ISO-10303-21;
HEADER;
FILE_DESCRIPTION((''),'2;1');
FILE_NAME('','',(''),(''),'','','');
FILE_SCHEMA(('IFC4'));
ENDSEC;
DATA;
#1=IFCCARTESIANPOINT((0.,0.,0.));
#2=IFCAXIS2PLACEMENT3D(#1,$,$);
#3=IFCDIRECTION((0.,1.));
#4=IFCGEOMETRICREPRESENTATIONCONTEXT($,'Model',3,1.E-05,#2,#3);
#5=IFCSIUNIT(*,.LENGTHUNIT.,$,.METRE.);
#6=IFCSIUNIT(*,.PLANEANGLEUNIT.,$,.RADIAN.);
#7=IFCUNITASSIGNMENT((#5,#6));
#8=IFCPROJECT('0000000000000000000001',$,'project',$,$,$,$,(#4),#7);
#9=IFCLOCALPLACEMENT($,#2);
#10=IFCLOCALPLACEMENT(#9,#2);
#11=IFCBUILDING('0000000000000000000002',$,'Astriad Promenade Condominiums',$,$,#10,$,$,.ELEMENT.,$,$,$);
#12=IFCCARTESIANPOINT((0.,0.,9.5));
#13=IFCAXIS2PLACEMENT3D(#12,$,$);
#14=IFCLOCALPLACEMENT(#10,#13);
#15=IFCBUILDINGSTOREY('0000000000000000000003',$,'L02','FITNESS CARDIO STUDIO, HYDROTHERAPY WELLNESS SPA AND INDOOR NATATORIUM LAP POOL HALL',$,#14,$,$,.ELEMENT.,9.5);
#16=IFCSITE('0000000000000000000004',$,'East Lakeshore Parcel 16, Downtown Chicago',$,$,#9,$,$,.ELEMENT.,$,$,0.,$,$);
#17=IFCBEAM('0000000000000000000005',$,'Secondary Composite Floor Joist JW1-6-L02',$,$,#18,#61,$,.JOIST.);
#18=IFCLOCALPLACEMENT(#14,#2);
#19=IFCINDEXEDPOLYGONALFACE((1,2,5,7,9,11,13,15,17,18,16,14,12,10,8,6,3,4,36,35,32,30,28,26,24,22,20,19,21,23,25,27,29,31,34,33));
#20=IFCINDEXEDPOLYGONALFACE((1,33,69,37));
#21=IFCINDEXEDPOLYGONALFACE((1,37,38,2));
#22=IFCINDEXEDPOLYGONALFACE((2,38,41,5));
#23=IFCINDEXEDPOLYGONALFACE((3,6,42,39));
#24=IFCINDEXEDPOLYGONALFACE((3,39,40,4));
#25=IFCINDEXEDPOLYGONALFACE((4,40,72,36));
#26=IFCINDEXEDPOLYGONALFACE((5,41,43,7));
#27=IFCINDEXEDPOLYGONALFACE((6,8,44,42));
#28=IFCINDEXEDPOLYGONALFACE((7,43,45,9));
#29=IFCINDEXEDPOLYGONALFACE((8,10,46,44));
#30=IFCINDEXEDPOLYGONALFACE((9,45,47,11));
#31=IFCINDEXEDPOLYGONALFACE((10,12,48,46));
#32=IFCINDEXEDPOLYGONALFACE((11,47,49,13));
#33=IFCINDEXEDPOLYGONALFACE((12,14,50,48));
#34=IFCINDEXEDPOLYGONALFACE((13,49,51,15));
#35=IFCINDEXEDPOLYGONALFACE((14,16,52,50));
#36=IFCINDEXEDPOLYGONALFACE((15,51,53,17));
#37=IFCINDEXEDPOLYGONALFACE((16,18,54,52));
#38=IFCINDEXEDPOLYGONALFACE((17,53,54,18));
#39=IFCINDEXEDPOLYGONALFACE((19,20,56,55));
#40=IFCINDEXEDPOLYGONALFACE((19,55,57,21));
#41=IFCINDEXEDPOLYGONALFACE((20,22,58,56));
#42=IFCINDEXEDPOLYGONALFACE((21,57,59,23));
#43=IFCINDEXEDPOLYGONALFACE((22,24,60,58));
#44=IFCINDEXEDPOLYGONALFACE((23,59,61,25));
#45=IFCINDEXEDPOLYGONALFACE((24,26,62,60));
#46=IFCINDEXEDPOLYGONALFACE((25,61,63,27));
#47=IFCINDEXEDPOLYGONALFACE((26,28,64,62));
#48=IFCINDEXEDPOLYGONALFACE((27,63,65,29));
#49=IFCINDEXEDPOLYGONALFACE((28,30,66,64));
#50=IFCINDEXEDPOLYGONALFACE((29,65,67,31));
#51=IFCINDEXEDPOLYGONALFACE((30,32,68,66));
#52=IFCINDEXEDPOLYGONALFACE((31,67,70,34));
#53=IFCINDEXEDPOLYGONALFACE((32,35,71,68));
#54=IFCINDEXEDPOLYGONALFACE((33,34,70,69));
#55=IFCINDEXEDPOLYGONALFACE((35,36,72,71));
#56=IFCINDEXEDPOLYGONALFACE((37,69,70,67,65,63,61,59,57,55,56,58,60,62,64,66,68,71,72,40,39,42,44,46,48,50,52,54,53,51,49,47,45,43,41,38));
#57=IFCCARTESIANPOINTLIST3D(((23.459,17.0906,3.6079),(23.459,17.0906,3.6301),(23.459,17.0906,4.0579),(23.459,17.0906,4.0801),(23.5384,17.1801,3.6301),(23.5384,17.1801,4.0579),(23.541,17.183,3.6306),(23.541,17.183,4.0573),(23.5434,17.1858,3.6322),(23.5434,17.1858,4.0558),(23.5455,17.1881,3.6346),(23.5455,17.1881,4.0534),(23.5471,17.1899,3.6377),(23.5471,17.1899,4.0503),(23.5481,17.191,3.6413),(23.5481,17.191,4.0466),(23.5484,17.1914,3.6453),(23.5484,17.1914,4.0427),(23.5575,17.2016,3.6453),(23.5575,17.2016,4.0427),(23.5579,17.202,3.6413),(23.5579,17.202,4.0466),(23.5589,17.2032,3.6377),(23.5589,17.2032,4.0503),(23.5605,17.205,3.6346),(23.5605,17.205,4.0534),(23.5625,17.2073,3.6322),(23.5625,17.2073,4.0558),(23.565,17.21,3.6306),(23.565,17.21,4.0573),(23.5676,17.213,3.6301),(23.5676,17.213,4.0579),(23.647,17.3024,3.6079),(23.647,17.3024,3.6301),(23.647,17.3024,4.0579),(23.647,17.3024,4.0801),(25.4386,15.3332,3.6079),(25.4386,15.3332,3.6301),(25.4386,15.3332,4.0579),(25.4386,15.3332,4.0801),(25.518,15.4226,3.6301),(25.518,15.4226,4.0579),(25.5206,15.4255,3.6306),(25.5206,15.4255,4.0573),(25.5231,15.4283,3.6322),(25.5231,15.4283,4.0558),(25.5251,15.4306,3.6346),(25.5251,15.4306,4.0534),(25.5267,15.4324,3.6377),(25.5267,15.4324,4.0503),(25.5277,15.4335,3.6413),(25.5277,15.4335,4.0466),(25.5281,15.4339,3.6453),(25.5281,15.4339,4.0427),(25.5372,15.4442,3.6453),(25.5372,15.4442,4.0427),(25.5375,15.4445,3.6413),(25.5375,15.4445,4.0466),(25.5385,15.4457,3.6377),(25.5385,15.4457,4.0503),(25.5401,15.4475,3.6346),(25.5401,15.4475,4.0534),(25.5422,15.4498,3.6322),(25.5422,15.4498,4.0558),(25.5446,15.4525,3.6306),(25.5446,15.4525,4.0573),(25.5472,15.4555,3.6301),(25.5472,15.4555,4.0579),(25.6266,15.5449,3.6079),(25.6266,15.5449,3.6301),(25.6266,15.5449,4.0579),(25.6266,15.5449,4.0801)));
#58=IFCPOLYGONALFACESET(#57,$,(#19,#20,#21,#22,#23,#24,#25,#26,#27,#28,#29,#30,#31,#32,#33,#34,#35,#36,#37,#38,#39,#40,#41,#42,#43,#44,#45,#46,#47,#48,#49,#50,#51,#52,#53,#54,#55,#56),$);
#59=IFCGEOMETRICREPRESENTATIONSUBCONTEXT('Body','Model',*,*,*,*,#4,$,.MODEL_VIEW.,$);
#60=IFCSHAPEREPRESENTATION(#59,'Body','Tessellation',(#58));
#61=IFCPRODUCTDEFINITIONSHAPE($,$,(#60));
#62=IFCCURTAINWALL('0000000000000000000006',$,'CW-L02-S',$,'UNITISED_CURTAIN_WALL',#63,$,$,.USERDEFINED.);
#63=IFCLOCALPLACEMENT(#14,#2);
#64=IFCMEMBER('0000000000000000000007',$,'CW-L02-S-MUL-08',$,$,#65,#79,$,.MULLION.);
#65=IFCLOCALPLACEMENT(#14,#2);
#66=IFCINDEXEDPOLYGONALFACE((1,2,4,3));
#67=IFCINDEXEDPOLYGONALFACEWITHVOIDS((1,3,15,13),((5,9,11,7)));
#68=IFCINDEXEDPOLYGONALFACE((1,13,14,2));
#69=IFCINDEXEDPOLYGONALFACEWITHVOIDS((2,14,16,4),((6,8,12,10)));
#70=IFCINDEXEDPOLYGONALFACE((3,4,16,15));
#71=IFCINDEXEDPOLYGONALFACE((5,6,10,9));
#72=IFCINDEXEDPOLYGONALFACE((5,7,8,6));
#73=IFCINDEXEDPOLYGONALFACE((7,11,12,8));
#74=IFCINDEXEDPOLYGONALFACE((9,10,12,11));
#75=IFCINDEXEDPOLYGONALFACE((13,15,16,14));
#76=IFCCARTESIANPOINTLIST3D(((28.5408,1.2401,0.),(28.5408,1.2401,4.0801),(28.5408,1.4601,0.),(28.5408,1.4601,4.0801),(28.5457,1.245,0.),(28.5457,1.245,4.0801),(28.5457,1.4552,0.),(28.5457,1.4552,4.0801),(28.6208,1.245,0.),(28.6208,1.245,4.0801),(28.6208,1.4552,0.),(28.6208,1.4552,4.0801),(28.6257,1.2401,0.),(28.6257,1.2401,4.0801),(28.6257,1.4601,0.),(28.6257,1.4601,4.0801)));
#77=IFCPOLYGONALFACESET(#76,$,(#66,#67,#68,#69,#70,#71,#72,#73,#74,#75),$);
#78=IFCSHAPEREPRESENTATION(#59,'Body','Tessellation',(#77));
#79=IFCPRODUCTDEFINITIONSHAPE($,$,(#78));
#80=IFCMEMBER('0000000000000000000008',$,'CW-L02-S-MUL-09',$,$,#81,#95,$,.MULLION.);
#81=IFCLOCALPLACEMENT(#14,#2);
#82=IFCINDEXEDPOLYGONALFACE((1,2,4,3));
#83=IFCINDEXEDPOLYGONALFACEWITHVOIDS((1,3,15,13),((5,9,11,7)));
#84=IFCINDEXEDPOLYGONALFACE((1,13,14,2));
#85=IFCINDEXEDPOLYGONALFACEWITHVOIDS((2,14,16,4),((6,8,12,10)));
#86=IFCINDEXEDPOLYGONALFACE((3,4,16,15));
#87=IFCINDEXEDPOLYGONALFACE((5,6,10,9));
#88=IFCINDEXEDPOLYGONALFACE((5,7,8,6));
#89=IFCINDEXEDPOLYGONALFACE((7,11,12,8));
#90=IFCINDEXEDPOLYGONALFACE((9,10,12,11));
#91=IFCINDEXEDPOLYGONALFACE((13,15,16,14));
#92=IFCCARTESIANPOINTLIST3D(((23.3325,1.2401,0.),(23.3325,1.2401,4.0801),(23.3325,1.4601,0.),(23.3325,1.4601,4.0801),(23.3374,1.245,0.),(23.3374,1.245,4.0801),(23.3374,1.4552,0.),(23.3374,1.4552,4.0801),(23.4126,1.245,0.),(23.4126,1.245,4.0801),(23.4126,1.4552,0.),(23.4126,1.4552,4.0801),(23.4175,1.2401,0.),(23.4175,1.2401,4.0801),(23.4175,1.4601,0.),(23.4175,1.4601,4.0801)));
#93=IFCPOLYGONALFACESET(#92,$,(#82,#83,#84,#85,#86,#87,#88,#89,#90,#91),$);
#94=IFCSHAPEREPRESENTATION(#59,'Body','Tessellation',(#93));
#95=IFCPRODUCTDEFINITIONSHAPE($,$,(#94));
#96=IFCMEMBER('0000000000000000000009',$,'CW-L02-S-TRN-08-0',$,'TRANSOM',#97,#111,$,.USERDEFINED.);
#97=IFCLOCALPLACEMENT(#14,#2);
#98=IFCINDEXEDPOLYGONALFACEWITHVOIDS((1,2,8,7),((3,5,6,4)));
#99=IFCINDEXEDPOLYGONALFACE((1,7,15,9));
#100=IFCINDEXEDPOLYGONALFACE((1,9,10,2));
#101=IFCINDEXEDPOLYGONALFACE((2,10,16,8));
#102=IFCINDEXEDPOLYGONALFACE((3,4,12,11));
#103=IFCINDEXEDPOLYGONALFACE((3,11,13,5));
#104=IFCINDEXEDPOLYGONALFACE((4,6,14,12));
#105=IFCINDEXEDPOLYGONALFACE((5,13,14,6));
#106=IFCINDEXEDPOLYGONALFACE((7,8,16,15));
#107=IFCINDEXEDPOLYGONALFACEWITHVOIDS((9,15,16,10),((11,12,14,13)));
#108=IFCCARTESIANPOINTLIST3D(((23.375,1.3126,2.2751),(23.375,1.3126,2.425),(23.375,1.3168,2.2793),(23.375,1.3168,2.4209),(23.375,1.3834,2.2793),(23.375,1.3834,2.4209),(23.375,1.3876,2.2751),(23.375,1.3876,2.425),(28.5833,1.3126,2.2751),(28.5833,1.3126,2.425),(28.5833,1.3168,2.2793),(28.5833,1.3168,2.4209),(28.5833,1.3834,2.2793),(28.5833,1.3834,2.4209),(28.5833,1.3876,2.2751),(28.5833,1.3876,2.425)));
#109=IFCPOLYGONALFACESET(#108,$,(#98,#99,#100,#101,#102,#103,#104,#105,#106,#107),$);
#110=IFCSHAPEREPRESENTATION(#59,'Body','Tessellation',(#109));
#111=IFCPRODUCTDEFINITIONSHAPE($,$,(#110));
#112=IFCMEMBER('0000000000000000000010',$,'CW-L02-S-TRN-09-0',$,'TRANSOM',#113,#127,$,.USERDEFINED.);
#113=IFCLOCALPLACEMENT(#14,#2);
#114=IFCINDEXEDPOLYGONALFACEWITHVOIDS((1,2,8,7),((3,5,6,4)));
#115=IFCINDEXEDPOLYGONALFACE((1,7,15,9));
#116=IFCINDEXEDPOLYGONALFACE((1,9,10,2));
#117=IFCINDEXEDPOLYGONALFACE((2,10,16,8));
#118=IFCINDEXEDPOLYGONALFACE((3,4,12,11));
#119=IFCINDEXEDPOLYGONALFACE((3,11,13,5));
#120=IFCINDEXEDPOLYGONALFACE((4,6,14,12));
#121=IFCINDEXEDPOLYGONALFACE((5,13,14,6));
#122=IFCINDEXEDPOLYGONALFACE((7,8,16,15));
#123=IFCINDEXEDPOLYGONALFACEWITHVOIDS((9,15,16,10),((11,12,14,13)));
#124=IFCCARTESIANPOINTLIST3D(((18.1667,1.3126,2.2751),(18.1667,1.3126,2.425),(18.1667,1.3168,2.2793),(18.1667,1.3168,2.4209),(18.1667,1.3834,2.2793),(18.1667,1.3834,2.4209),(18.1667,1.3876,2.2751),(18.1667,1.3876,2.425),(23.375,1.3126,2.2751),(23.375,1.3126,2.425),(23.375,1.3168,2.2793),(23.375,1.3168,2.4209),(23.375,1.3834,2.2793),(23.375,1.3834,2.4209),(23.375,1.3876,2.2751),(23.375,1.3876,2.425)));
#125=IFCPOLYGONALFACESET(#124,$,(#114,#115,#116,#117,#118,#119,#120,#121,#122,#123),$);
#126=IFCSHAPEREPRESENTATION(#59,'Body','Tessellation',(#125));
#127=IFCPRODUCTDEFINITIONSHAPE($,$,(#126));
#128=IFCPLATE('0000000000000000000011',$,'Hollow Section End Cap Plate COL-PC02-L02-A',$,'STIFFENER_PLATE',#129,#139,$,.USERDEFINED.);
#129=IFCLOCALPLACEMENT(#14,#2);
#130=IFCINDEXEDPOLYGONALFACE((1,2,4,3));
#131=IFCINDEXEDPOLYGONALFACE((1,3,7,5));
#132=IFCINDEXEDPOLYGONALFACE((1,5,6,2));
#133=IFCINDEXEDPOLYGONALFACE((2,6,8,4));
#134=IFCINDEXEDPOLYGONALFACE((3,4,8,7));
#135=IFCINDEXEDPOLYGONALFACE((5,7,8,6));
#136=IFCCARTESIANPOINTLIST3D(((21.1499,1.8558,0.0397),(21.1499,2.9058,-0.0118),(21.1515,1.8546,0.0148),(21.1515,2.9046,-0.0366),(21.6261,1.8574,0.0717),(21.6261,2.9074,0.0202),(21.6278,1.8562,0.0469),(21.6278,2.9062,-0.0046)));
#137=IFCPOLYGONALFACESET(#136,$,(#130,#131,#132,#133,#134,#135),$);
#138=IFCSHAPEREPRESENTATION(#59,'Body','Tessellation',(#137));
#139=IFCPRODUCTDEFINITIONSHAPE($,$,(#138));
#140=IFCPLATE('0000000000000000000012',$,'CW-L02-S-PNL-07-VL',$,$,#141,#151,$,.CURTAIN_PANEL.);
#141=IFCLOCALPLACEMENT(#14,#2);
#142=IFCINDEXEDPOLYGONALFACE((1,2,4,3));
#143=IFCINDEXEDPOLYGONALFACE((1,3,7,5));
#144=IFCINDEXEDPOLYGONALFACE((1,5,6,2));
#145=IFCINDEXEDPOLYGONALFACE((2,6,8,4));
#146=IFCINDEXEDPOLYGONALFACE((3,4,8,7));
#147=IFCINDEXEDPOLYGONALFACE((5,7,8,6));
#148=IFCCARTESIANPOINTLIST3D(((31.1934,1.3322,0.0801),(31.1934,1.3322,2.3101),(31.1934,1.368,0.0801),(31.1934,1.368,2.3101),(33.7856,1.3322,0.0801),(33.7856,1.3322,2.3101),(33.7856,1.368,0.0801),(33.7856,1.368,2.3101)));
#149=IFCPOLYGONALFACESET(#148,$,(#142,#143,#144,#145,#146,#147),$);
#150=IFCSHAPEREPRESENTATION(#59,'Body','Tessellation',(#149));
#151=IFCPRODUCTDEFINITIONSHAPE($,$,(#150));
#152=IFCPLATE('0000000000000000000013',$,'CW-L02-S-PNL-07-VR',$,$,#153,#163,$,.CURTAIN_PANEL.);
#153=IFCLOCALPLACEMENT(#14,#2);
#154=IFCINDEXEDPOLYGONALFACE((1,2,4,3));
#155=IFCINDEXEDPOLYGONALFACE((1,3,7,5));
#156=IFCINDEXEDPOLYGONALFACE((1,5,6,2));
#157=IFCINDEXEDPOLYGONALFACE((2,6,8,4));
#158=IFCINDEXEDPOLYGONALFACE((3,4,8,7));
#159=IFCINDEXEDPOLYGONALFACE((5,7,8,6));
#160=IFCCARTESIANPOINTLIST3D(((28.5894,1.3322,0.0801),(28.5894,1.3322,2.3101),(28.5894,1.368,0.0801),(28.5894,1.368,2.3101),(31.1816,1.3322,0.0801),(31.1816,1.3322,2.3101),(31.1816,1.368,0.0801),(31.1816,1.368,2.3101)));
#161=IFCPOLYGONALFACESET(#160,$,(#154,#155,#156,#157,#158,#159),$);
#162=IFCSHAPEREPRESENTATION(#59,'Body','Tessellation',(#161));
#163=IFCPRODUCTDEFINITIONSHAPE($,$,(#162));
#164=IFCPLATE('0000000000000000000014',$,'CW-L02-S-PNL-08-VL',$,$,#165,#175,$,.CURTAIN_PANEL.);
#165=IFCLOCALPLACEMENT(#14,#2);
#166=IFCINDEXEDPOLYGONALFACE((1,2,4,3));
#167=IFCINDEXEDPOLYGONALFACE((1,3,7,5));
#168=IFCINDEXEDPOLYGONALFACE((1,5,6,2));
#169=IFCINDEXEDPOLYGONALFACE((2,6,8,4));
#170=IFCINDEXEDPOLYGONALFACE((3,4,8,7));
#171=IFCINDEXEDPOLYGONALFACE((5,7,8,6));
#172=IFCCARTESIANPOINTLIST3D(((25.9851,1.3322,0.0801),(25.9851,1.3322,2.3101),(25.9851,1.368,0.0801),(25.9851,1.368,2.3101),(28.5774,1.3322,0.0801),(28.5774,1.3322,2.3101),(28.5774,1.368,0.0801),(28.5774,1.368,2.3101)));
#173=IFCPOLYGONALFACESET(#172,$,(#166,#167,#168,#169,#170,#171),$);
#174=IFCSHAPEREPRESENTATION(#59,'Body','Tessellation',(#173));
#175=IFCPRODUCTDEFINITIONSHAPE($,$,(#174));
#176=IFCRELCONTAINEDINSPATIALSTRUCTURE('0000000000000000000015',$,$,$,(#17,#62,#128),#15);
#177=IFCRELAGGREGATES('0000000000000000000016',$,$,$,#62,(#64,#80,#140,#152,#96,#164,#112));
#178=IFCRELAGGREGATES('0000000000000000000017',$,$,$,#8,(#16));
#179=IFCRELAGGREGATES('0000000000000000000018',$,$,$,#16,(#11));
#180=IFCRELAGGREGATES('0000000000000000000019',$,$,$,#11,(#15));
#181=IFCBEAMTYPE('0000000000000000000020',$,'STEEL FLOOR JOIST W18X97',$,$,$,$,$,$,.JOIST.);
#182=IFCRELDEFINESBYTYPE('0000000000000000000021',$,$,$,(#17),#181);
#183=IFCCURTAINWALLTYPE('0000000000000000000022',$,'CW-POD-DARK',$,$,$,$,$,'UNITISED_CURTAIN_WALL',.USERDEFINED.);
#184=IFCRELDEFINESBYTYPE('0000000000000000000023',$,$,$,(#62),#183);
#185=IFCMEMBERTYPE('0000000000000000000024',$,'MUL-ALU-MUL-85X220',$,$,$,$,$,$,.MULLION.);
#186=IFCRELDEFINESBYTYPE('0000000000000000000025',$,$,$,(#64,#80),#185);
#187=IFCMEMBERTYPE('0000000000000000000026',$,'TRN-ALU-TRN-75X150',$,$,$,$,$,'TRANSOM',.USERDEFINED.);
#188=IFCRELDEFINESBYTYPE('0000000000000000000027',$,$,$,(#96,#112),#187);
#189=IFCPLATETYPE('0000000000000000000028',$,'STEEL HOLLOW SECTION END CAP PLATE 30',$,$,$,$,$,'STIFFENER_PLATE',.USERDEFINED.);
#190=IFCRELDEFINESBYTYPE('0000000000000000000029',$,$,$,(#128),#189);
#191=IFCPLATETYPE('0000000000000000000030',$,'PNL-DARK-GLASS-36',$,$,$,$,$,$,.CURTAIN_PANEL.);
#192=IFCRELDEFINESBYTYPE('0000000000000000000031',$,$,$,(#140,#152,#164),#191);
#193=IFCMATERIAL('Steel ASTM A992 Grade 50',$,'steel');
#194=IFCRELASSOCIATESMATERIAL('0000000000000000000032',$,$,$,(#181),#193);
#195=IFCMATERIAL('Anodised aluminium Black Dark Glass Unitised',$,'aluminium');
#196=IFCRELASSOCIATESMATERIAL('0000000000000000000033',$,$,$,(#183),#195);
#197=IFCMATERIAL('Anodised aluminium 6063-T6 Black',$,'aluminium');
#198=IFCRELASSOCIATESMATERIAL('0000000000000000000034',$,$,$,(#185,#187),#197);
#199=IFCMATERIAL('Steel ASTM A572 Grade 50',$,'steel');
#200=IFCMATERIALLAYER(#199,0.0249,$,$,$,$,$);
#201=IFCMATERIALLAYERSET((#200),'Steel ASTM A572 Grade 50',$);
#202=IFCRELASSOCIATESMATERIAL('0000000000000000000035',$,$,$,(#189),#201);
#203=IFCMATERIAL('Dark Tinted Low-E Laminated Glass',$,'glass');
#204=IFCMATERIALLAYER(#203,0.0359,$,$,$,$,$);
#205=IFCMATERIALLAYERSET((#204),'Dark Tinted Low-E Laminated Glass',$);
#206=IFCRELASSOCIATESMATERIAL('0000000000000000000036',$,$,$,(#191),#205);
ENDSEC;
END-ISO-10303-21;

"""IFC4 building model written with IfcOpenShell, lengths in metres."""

from ifc_helpers import new_model, si_unit, direction, frame, origin, origin_2d, place, context, subcontext, project, spatial, rectangle, hollow_rectangle, i_section, extrude, source, transform, mapped, material, layer, layer_set, material_profile, profile_set, type_object, type_shapes, element, aggregate, save


model = new_model("IFC4")

# Units and contexts
model_context = context("Model", 3, precision=1e-05, world=origin(), true_north=direction((0.0, 1.0)))
body_context = subcontext(model_context, "Body", "Model", "MODEL_VIEW")
ifc_project = project(units=[si_unit("LENGTHUNIT", "METRE"), si_unit("PLANEANGLEUNIT", "RADIAN")], contexts=[model_context])

# Site, building, storey
site_placement = place(None, origin())
site = spatial("IfcSite", under=ifc_project, at=site_placement, Name="East Lakeshore Parcel 16, Downtown Chicago", CompositionType="ELEMENT", RefElevation=0.0)
building_placement = place(site_placement, origin())
building = spatial("IfcBuilding", under=site, at=building_placement, Name="Astriad Promenade Condominiums", CompositionType="ELEMENT")
storey_placement = place(building_placement, frame((0.0, 0.0, 9.5)))
storey = spatial("IfcBuildingStorey", under=building, at=storey_placement, Name="L02", Description="FITNESS CARDIO STUDIO, HYDROTHERAPY WELLNESS SPA AND INDOOR NATATORIUM LAP POOL HALL", CompositionType="ELEMENT", Elevation=9.5)

# Beam
ifc_material_1 = material(Name="Steel ASTM A992 Grade 50", Category="steel")
ifc_material_profile_1 = material_profile(ifc_material_1, i_section(OverallWidth=0.2832, OverallDepth=0.4722, WebThickness=0.0137, FlangeThickness=0.0222, FilletRadius=0.0151, at=origin_2d()), Name="W18X97")
ifc_profile_set_1 = profile_set([ifc_material_profile_1], Name="Steel ASTM A992 Grade 50")
beam_type = type_object("IfcBeamType", Name="STEEL FLOOR JOIST W18X97", PredefinedType="JOIST", material=ifc_profile_set_1)
shared_shape_1 = source(origin(), body_context, "Body", "SweptSolid", [
    extrude(i_section(OverallWidth=0.2832, OverallDepth=0.4722, WebThickness=0.0137, FlangeThickness=0.0222, FilletRadius=0.0151, at=origin_2d()), origin(), (0.0, 0.0, 1.0), 2.6472),
])
type_shapes(beam_type, [shared_shape_1])
beam_placement = place(storey_placement, frame((23.553, 17.1965, 3.844), z_axis=(0.747821, -0.6639, 0.0), x_axis=(0.6639, 0.747821, 0.0)))
element("IfcBeam", 1, at=beam_placement, inside=storey, type_object=beam_type, Name="Secondary Composite Floor Joist JW1-6-L02", PredefinedType="JOIST", context=body_context, shape_type="MappedRepresentation", body=[
    mapped(shared_shape_1, transform((0.0, 0.0, 0.0), scale=1.0)),
])

# Curtain wall, members
ifc_material_2 = material(Name="Anodised aluminium Black Dark Glass Unitised", Category="aluminium")
curtain_wall_type = type_object("IfcCurtainWallType", Name="CW-POD-DARK", ElementType="UNITISED_CURTAIN_WALL", PredefinedType="USERDEFINED", material=ifc_material_2)
curtain_wall_placement = place(storey_placement, origin())
curtain_wall = element("IfcCurtainWall", 2, at=curtain_wall_placement, inside=storey, type_object=curtain_wall_type, Name="CW-L02-S", ObjectType="UNITISED_CURTAIN_WALL", PredefinedType="USERDEFINED")
ifc_material_3 = material(Name="Anodised aluminium 6063-T6 Black", Category="aluminium")
ifc_material_profile_2 = material_profile(ifc_material_3, hollow_rectangle(XDim=0.085, YDim=0.22, WallThickness=0.0049, at=origin_2d()), Name="ALU-MUL-85X220")
ifc_profile_set_2 = profile_set([ifc_material_profile_2], Name="Anodised aluminium 6063-T6 Black")
member_type_1 = type_object("IfcMemberType", Name="MUL-ALU-MUL-85X220", PredefinedType="MULLION", material=ifc_profile_set_2)
shared_shape_2 = source(origin(), body_context, "Body", "SweptSolid", [
    extrude(hollow_rectangle(XDim=0.085, YDim=0.22, WallThickness=0.0049, at=origin_2d()), origin(), (0.0, 0.0, 1.0), 4.0801),
])
type_shapes(member_type_1, [shared_shape_2])
member_1_placement = place(storey_placement, frame((28.5833, 1.3501, 0.0), z_axis=(0.0, 0.0, 1.0), x_axis=(1.0, 0.0, 0.0)))
member_1 = element("IfcMember", 3, at=member_1_placement, type_object=member_type_1, Name="CW-L02-S-MUL-08", PredefinedType="MULLION", context=body_context, shape_type="MappedRepresentation", body=[
    mapped(shared_shape_2, transform((0.0, 0.0, 0.0), scale=1.0)),
])
member_2_placement = place(storey_placement, frame((23.375, 1.3501, 0.0), z_axis=(0.0, 0.0, 1.0), x_axis=(1.0, 0.0, 0.0)))
member_2 = element("IfcMember", 4, at=member_2_placement, type_object=member_type_1, Name="CW-L02-S-MUL-09", PredefinedType="MULLION", context=body_context, shape_type="MappedRepresentation", body=[
    mapped(shared_shape_2, transform((0.0, 0.0, 0.0), scale=1.0)),
])
ifc_material_profile_3 = material_profile(ifc_material_3, hollow_rectangle(XDim=0.075, YDim=0.1499, WallThickness=0.0042, at=origin_2d()), Name="ALU-TRN-75X150")
ifc_profile_set_3 = profile_set([ifc_material_profile_3], Name="Anodised aluminium 6063-T6 Black")
member_type_2 = type_object("IfcMemberType", Name="TRN-ALU-TRN-75X150", ElementType="TRANSOM", PredefinedType="USERDEFINED", material=ifc_profile_set_3)
shared_shape_3 = source(origin(), body_context, "Body", "SweptSolid", [
    extrude(hollow_rectangle(XDim=0.075, YDim=0.1499, WallThickness=0.0042, at=origin_2d()), origin(), (0.0, 0.0, 1.0), 5.2083),
])
type_shapes(member_type_2, [shared_shape_3])
member_3_placement = place(storey_placement, frame((28.5833, 1.3501, 2.3501), z_axis=(-1.0, 0.0, 0.0), x_axis=(0.0, -1.0, 0.0)))
member_3 = element("IfcMember", 5, at=member_3_placement, type_object=member_type_2, Name="CW-L02-S-TRN-08-0", ObjectType="TRANSOM", PredefinedType="USERDEFINED", context=body_context, shape_type="MappedRepresentation", body=[
    mapped(shared_shape_3, transform((0.0, 0.0, 0.0), scale=1.0)),
])
member_4_placement = place(storey_placement, frame((23.375, 1.3501, 2.3501), z_axis=(-1.0, 0.0, 0.0), x_axis=(0.0, -1.0, 0.0)))
member_4 = element("IfcMember", 6, at=member_4_placement, type_object=member_type_2, Name="CW-L02-S-TRN-09-0", ObjectType="TRANSOM", PredefinedType="USERDEFINED", context=body_context, shape_type="MappedRepresentation", body=[
    mapped(shared_shape_3, transform((0.0, 0.0, 0.0), scale=1.0)),
])

# Plates
ifc_material_4 = material(Name="Steel ASTM A572 Grade 50", Category="steel")
ifc_layer_1 = layer(ifc_material_4, 0.0249)
ifc_layer_set_1 = layer_set([ifc_layer_1], Name="Steel ASTM A572 Grade 50")
plate_type_1 = type_object("IfcPlateType", Name="STEEL HOLLOW SECTION END CAP PLATE 30", ElementType="STIFFENER_PLATE", PredefinedType="USERDEFINED", material=ifc_layer_set_1)
shared_shape_4 = source(origin(), body_context, "Body", "SweptSolid", [
    extrude(rectangle(XDim=0.4773, YDim=1.0513, at=origin_2d()), origin(), (0.0, 0.0, 1.0), 0.0249),
])
type_shapes(plate_type_1, [shared_shape_4])
plate_1_placement = place(storey_placement, frame((21.3896, 2.3804, 0.0051), z_axis=(-0.067187, 0.04884, 0.996544), x_axis=(1.0, 0.0, 0.0)))
element("IfcPlate", 7, at=plate_1_placement, inside=storey, type_object=plate_type_1, Name="Hollow Section End Cap Plate COL-PC02-L02-A", ObjectType="STIFFENER_PLATE", PredefinedType="USERDEFINED", context=body_context, shape_type="MappedRepresentation", body=[
    mapped(shared_shape_4, transform((0.0, 0.0, 0.0), scale=1.0)),
])
ifc_material_5 = material(Name="Dark Tinted Low-E Laminated Glass", Category="glass")
ifc_layer_2 = layer(ifc_material_5, 0.0359)
ifc_layer_set_2 = layer_set([ifc_layer_2], Name="Dark Tinted Low-E Laminated Glass")
plate_type_2 = type_object("IfcPlateType", Name="PNL-DARK-GLASS-36", PredefinedType="CURTAIN_PANEL", material=ifc_layer_set_2)
shared_shape_5 = source(origin(), body_context, "Body", "SweptSolid", [
    extrude(rectangle(XDim=2.5923, YDim=0.0359, at=origin_2d()), origin(), (0.0, 0.0, 1.0), 2.23),
])
plate_2_placement = place(storey_placement, frame((32.4895, 1.3501, 0.0801), z_axis=(0.0, 0.0, 1.0), x_axis=(-1.0, 0.0, 0.0)))
plate_2 = element("IfcPlate", 8, at=plate_2_placement, type_object=plate_type_2, Name="CW-L02-S-PNL-07-VL", PredefinedType="CURTAIN_PANEL", context=body_context, shape_type="MappedRepresentation", body=[
    mapped(shared_shape_5, transform((0.0, 0.0, 0.0), scale=1.0)),
])
plate_3_placement = place(storey_placement, frame((29.8855, 1.3501, 0.0801), z_axis=(0.0, 0.0, 1.0), x_axis=(-1.0, 0.0, 0.0)))
plate_3 = element("IfcPlate", 9, at=plate_3_placement, type_object=plate_type_2, Name="CW-L02-S-PNL-07-VR", PredefinedType="CURTAIN_PANEL", context=body_context, shape_type="MappedRepresentation", body=[
    mapped(shared_shape_5, transform((0.0, 0.0, 0.0), scale=1.0)),
])
plate_4_placement = place(storey_placement, frame((27.2812, 1.3501, 0.0801), z_axis=(0.0, 0.0, 1.0), x_axis=(-1.0, 0.0, 0.0)))
plate_4 = element("IfcPlate", 10, at=plate_4_placement, type_object=plate_type_2, Name="CW-L02-S-PNL-08-VL", PredefinedType="CURTAIN_PANEL", context=body_context, shape_type="MappedRepresentation", body=[
    mapped(shared_shape_5, transform((0.0, 0.0, 0.0), scale=1.0)),
])
aggregate(curtain_wall, [member_1, member_2, plate_2, plate_3, member_3, plate_4, member_4])

save(model, "model.ifc")
